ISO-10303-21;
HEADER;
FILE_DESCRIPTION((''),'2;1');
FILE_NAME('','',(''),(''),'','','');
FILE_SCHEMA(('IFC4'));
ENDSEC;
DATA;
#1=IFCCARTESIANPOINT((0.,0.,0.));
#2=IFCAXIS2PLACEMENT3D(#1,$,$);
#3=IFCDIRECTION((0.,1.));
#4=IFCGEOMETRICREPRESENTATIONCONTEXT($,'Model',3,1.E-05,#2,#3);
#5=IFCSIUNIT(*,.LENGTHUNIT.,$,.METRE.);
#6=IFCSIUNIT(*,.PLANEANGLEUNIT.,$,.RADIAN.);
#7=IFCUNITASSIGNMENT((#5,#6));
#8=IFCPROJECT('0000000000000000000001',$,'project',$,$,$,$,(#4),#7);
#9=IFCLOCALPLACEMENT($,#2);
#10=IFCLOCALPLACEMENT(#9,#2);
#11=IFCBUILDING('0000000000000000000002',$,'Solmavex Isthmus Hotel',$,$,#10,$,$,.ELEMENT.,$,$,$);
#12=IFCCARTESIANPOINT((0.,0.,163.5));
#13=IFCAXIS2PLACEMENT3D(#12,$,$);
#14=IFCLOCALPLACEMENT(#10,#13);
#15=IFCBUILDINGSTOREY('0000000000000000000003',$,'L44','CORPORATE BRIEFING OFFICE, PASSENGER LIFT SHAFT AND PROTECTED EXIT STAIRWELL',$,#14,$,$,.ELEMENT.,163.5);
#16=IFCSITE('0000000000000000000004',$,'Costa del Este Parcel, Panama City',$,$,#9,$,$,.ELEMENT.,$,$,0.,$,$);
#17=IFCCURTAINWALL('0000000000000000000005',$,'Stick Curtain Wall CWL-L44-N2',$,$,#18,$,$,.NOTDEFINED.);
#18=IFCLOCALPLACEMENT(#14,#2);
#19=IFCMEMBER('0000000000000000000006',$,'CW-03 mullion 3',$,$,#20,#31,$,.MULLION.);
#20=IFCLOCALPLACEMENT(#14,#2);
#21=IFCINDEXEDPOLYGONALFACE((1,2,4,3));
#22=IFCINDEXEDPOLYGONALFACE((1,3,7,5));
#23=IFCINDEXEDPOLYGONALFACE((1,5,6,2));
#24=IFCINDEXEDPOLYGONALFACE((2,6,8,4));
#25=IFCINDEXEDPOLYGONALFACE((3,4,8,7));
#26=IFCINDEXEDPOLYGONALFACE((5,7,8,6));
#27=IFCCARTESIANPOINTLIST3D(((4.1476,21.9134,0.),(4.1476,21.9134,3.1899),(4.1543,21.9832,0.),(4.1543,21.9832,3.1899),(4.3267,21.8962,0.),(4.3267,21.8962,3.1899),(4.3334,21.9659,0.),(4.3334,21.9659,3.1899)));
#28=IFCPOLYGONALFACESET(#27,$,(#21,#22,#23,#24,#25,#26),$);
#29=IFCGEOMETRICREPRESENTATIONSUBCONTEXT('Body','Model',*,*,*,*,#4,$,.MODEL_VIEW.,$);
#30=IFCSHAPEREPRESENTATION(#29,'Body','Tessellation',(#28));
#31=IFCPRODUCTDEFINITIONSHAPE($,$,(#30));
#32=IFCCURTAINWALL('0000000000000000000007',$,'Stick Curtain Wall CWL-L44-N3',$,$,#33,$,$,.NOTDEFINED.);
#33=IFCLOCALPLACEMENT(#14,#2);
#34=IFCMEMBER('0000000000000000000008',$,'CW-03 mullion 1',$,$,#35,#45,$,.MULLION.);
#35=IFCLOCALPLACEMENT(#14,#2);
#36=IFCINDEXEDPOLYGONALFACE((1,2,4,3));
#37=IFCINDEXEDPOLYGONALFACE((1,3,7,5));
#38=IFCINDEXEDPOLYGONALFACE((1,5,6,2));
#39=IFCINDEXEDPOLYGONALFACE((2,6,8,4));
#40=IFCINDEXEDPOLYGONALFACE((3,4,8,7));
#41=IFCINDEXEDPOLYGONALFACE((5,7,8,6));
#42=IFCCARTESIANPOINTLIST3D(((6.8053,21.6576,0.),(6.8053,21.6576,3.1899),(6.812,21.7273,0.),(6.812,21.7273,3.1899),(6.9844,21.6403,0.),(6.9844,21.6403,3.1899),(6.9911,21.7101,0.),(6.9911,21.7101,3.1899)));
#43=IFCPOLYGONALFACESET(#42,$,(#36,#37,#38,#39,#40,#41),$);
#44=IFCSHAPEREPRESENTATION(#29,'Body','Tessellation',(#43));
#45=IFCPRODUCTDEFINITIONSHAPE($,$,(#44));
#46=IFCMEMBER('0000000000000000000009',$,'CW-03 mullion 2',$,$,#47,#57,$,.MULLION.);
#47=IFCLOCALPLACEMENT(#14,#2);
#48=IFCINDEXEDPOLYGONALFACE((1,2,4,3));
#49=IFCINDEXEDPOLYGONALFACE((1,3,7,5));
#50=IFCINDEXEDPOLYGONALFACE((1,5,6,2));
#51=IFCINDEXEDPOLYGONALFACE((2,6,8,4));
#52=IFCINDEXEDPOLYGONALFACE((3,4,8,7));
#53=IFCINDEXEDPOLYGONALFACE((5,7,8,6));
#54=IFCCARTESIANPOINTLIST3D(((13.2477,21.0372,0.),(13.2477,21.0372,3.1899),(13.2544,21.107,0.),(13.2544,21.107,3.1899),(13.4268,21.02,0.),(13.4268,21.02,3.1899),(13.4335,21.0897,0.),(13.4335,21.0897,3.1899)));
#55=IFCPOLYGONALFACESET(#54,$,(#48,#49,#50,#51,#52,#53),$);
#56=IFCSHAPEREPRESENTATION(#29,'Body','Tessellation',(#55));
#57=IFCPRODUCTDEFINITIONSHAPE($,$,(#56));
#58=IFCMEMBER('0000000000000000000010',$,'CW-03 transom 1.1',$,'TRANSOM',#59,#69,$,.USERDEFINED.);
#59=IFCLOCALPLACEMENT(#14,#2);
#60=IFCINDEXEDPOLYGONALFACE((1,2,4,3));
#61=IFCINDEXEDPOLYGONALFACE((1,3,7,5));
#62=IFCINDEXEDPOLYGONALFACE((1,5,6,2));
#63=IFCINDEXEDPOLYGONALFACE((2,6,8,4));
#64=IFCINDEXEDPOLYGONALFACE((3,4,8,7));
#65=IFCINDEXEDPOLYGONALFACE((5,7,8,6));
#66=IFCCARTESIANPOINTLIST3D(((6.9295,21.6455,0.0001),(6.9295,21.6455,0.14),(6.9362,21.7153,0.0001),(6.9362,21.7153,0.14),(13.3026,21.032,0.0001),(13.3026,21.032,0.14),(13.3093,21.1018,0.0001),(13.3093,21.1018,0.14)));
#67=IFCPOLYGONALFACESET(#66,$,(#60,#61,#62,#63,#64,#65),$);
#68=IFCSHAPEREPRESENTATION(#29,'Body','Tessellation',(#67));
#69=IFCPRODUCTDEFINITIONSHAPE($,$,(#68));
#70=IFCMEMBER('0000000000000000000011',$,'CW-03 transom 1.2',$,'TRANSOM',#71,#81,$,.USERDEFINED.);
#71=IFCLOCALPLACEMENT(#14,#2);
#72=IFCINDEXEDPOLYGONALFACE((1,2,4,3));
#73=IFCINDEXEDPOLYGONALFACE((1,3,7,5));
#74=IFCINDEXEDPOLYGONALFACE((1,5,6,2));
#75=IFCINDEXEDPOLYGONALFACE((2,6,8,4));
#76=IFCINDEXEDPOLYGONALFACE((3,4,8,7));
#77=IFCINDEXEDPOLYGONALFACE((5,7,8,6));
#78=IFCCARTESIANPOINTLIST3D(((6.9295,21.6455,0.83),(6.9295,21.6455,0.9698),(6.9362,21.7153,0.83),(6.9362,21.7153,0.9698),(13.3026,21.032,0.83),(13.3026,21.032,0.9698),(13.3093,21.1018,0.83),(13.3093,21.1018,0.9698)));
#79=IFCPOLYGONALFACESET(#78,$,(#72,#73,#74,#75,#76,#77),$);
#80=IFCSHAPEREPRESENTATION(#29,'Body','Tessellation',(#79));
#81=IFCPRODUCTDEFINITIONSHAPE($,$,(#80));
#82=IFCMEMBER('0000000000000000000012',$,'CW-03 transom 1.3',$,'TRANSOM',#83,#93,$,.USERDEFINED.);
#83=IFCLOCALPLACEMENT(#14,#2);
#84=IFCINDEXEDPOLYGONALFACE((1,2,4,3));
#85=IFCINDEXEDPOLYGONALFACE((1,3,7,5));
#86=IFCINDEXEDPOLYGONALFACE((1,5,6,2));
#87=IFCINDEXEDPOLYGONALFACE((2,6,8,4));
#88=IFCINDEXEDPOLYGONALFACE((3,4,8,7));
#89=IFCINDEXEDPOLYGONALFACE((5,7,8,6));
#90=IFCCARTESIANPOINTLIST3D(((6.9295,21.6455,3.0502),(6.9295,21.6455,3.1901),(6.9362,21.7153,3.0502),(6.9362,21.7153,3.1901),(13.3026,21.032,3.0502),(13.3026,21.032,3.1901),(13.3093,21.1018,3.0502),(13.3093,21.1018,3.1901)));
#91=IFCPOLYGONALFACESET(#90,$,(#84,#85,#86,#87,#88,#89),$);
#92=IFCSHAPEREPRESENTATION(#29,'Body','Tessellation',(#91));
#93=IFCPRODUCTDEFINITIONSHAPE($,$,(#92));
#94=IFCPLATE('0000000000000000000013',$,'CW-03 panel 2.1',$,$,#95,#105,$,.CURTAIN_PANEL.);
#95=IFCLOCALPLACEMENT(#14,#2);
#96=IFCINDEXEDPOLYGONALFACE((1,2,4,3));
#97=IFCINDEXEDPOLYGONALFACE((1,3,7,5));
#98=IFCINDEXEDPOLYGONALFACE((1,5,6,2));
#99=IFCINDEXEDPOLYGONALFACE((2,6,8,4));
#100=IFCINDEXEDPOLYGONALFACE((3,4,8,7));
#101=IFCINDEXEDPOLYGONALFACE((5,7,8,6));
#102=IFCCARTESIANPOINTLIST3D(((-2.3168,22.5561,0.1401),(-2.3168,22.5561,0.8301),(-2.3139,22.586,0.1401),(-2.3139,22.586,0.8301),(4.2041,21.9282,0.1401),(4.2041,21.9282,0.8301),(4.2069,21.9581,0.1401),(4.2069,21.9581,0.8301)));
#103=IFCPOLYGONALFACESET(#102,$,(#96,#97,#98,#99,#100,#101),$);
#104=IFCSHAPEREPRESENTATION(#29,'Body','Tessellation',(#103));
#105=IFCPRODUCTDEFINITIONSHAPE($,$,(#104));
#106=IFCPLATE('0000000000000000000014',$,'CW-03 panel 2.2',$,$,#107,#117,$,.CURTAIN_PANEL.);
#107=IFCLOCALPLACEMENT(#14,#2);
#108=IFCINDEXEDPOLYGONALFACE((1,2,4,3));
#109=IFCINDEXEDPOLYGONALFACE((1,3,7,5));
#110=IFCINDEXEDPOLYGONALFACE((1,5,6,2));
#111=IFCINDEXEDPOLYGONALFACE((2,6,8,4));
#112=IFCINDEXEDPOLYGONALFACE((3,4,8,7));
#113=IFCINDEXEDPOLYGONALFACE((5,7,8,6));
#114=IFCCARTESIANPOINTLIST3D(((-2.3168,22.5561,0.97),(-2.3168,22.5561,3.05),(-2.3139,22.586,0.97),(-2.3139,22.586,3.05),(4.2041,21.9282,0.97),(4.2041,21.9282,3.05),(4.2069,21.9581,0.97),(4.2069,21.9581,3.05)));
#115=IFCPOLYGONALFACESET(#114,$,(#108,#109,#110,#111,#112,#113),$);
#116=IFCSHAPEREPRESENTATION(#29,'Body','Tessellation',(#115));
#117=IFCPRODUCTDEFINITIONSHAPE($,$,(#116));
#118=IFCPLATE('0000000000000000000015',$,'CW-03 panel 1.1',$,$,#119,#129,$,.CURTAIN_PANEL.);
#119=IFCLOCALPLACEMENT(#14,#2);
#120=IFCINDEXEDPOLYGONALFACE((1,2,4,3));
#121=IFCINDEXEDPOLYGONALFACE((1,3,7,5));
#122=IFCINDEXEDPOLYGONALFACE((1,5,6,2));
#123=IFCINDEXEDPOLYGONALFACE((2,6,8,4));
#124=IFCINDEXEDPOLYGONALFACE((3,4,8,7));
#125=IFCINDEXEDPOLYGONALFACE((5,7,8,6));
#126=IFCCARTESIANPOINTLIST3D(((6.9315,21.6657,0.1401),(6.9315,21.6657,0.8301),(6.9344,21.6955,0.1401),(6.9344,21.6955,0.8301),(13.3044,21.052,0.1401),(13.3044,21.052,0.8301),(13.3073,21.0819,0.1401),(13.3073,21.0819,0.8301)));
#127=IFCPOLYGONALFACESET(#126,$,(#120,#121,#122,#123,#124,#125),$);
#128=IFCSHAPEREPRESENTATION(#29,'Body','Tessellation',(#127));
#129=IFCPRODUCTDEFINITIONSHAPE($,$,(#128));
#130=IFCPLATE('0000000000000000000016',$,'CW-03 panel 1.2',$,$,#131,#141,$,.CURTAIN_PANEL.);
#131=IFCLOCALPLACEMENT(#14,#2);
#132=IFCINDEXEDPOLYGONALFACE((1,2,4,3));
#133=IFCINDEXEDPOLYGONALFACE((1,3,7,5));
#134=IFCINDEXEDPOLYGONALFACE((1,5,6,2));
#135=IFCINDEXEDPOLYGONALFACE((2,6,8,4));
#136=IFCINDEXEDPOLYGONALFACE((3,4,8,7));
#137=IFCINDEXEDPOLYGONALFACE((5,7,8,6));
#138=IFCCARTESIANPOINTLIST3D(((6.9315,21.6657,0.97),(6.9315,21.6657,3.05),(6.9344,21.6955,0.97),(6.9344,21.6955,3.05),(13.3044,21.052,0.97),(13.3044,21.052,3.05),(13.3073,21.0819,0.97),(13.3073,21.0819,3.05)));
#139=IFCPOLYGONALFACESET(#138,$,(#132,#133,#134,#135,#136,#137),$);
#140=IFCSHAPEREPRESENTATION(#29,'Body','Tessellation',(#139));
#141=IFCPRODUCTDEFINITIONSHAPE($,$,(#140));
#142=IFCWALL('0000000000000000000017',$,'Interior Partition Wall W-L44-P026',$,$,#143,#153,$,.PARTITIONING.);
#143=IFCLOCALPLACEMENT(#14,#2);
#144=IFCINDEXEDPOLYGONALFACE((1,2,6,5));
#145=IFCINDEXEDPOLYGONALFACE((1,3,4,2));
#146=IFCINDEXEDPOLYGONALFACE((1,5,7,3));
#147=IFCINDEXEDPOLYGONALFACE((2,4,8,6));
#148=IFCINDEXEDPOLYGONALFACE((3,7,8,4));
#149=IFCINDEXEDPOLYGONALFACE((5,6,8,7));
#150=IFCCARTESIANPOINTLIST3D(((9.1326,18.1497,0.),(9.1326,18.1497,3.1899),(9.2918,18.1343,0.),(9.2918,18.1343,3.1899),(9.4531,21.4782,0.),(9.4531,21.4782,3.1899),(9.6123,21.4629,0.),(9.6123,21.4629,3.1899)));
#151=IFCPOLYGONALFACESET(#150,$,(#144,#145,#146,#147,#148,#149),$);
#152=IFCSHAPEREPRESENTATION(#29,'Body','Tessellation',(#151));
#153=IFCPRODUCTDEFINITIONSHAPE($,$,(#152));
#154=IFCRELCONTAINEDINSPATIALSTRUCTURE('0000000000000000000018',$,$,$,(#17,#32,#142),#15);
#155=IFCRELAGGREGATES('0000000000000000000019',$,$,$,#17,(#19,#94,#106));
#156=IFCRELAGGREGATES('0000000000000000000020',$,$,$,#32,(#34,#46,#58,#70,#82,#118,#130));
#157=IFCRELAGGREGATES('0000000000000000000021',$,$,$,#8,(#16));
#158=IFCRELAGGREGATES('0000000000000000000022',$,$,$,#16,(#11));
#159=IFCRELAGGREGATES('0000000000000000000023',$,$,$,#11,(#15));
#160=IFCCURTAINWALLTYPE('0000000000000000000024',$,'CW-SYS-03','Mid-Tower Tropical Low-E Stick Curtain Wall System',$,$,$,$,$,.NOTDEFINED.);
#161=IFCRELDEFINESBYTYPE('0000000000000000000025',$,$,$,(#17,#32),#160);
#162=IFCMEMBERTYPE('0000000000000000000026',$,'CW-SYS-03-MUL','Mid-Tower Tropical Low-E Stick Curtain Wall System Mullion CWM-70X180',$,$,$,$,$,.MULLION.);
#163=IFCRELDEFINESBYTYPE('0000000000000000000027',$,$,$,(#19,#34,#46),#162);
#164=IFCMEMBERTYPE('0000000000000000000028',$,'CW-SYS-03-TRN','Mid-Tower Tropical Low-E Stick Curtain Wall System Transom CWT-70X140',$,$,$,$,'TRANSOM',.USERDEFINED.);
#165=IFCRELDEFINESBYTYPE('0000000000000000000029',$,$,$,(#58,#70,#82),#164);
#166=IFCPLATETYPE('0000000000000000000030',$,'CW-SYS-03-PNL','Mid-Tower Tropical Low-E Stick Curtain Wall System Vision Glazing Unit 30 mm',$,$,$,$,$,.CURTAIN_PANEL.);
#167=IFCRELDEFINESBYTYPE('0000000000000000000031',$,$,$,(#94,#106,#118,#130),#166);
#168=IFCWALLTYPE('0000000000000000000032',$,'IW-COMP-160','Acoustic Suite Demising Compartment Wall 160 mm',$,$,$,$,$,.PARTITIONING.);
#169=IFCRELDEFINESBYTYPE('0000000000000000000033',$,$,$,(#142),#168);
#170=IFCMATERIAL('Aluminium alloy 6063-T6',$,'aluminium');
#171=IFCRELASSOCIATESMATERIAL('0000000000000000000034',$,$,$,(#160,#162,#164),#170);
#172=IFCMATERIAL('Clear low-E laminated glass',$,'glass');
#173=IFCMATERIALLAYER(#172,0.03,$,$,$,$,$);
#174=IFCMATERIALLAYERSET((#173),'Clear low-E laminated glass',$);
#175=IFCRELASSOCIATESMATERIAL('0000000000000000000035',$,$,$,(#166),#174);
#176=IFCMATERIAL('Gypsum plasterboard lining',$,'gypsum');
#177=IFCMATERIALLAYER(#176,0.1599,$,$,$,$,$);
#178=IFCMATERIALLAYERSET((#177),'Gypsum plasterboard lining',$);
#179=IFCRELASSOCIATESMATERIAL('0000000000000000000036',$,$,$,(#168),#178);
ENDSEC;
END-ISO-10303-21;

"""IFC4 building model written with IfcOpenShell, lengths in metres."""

from ifc_helpers import new_model, si_unit, direction, frame, frame_2d, origin, origin_2d, place, context, subcontext, project, spatial, rectangle, extrude, material, layer, layer_set, material_profile, profile_set, type_object, element, aggregate, save


model = new_model("IFC4")

# Units and contexts
model_context = context("Model", 3, precision=1e-05, world=origin(), true_north=direction((0.0, 1.0)))
body_context = subcontext(model_context, "Body", "Model", "MODEL_VIEW")
ifc_project = project(units=[si_unit("LENGTHUNIT", "METRE"), si_unit("PLANEANGLEUNIT", "RADIAN")], contexts=[model_context])

# Site, building, storey
site_placement = place(None, origin())
site = spatial("IfcSite", under=ifc_project, at=site_placement, Name="Costa del Este Parcel, Panama City", CompositionType="ELEMENT", RefElevation=0.0)
building_placement = place(site_placement, origin())
building = spatial("IfcBuilding", under=site, at=building_placement, Name="Solmavex Isthmus Hotel", CompositionType="ELEMENT")
storey_placement = place(building_placement, frame((0.0, 0.0, 163.5)))
storey = spatial("IfcBuildingStorey", under=building, at=storey_placement, Name="L44", Description="CORPORATE BRIEFING OFFICE, PASSENGER LIFT SHAFT AND PROTECTED EXIT STAIRWELL", CompositionType="ELEMENT", Elevation=163.5)

# Curtain wall, member
ifc_material_1 = material(Name="Aluminium alloy 6063-T6", Category="aluminium")
curtain_wall_type = type_object("IfcCurtainWallType", Name="CW-SYS-03", Description="Mid-Tower Tropical Low-E Stick Curtain Wall System", PredefinedType="NOTDEFINED", material=ifc_material_1)
curtain_wall_1_placement = place(storey_placement, origin())
curtain_wall_1 = element("IfcCurtainWall", 1, at=curtain_wall_1_placement, inside=storey, type_object=curtain_wall_type, Name="Stick Curtain Wall CWL-L44-N2", PredefinedType="NOTDEFINED")
ifc_material_profile_1 = material_profile(ifc_material_1, rectangle(XDim=0.0701, YDim=0.1799, at=origin_2d()), Name="CWM-70X180")
ifc_profile_set_1 = profile_set([ifc_material_profile_1], Name="Aluminium alloy 6063-T6")
member_type_1 = type_object("IfcMemberType", Name="CW-SYS-03-MUL", Description="Mid-Tower Tropical Low-E Stick Curtain Wall System Mullion CWM-70X180", PredefinedType="MULLION", material=ifc_profile_set_1)
member_1_placement = place(storey_placement, frame((4.2405, 21.9397, 0.0), z_axis=(0.0, 0.0, 1.0), x_axis=(0.095845, 0.995396, 0.0)))
member_1 = element("IfcMember", 2, at=member_1_placement, type_object=member_type_1, Name="CW-03 mullion 3", PredefinedType="MULLION", context=body_context, shape_type="SweptSolid", body=[
    extrude(rectangle(XDim=0.0701, YDim=0.1799, at=origin_2d()), origin(), (0.0, 0.0, 1.0), 3.1899),
])

# Curtain wall, members
curtain_wall_2_placement = place(storey_placement, origin())
curtain_wall_2 = element("IfcCurtainWall", 3, at=curtain_wall_2_placement, inside=storey, type_object=curtain_wall_type, Name="Stick Curtain Wall CWL-L44-N3", PredefinedType="NOTDEFINED")
member_2_placement = place(storey_placement, frame((6.8982, 21.6838, 0.0), z_axis=(0.0, 0.0, 1.0), x_axis=(0.095846, 0.995396, 0.0)))
member_2 = element("IfcMember", 4, at=member_2_placement, type_object=member_type_1, Name="CW-03 mullion 1", PredefinedType="MULLION", context=body_context, shape_type="SweptSolid", body=[
    extrude(rectangle(XDim=0.0701, YDim=0.1799, at=origin_2d()), origin(), (0.0, 0.0, 1.0), 3.1899),
])
member_3_placement = place(storey_placement, frame((13.3406, 21.0635, 0.0), z_axis=(0.0, 0.0, 1.0), x_axis=(0.095846, 0.995396, 0.0)))
member_3 = element("IfcMember", 5, at=member_3_placement, type_object=member_type_1, Name="CW-03 mullion 2", PredefinedType="MULLION", context=body_context, shape_type="SweptSolid", body=[
    extrude(rectangle(XDim=0.0701, YDim=0.1799, at=origin_2d()), origin(), (0.0, 0.0, 1.0), 3.1899),
])
ifc_material_profile_2 = material_profile(ifc_material_1, rectangle(XDim=0.0701, YDim=0.1399, at=origin_2d()), Name="CWT-70X140")
ifc_profile_set_2 = profile_set([ifc_material_profile_2], Name="Aluminium alloy 6063-T6")
member_type_2 = type_object("IfcMemberType", Name="CW-SYS-03-TRN", Description="Mid-Tower Tropical Low-E Stick Curtain Wall System Transom CWT-70X140", ElementType="TRANSOM", PredefinedType="USERDEFINED", material=ifc_profile_set_2)
member_4_placement = place(storey_placement, frame((6.9329, 21.6804, 0.0701), z_axis=(0.995398, -0.095826, 0.0), x_axis=(0.095826, 0.995398, 0.0)))
member_4 = element("IfcMember", 6, at=member_4_placement, type_object=member_type_2, Name="CW-03 transom 1.1", ObjectType="TRANSOM", PredefinedType="USERDEFINED", context=body_context, shape_type="SweptSolid", body=[
    extrude(rectangle(XDim=0.0701, YDim=0.1399, at=origin_2d()), origin(), (0.0, 0.0, 1.0), 6.4026),
])
member_5_placement = place(storey_placement, frame((6.9329, 21.6804, 0.8999), z_axis=(0.995398, -0.095826, 0.0), x_axis=(0.095826, 0.995398, 0.0)))
member_5 = element("IfcMember", 7, at=member_5_placement, type_object=member_type_2, Name="CW-03 transom 1.2", ObjectType="TRANSOM", PredefinedType="USERDEFINED", context=body_context, shape_type="SweptSolid", body=[
    extrude(rectangle(XDim=0.0701, YDim=0.1399, at=origin_2d()), origin(), (0.0, 0.0, 1.0), 6.4026),
])
member_6_placement = place(storey_placement, frame((6.9329, 21.6804, 3.1201), z_axis=(0.995398, -0.095826, 0.0), x_axis=(0.095826, 0.995398, 0.0)))
member_6 = element("IfcMember", 8, at=member_6_placement, type_object=member_type_2, Name="CW-03 transom 1.3", ObjectType="TRANSOM", PredefinedType="USERDEFINED", context=body_context, shape_type="SweptSolid", body=[
    extrude(rectangle(XDim=0.0701, YDim=0.1399, at=origin_2d()), origin(), (0.0, 0.0, 1.0), 6.4026),
])

# Plates
ifc_material_2 = material(Name="Clear low-E laminated glass", Category="glass")
ifc_layer_1 = layer(ifc_material_2, 0.03)
ifc_layer_set_1 = layer_set([ifc_layer_1], Name="Clear low-E laminated glass")
plate_type = type_object("IfcPlateType", Name="CW-SYS-03-PNL", Description="Mid-Tower Tropical Low-E Stick Curtain Wall System Vision Glazing Unit 30 mm", PredefinedType="CURTAIN_PANEL", material=ifc_layer_set_1)
plate_1_placement = place(storey_placement, frame((0.9451, 22.2571, 0.1401), z_axis=(0.0, 0.0, 1.0), x_axis=(0.995396, -0.095845, 0.0)))
plate_1 = element("IfcPlate", 9, at=plate_1_placement, type_object=plate_type, Name="CW-03 panel 2.1", PredefinedType="CURTAIN_PANEL", context=body_context, shape_type="SweptSolid", body=[
    extrude(rectangle(XDim=6.551, YDim=0.03, at=origin_2d()), origin(), (0.0, 0.0, 1.0), 0.6899),
])
plate_2_placement = place(storey_placement, frame((0.9451, 22.2571, 0.97), z_axis=(0.0, 0.0, 1.0), x_axis=(0.995396, -0.095845, 0.0)))
plate_2 = element("IfcPlate", 10, at=plate_2_placement, type_object=plate_type, Name="CW-03 panel 2.2", PredefinedType="CURTAIN_PANEL", context=body_context, shape_type="SweptSolid", body=[
    extrude(rectangle(XDim=6.551, YDim=0.03, at=origin_2d()), origin(), (0.0, 0.0, 1.0), 2.0801),
])
aggregate(curtain_wall_1, [member_1, plate_1, plate_2])
plate_3_placement = place(storey_placement, frame((10.1194, 21.3738, 0.1401), z_axis=(0.0, 0.0, 1.0), x_axis=(0.995396, -0.095846, 0.0)))
plate_3 = element("IfcPlate", 11, at=plate_3_placement, type_object=plate_type, Name="CW-03 panel 1.1", PredefinedType="CURTAIN_PANEL", context=body_context, shape_type="SweptSolid", body=[
    extrude(rectangle(XDim=6.4023, YDim=0.03, at=origin_2d()), origin(), (0.0, 0.0, 1.0), 0.6899),
])
plate_4_placement = place(storey_placement, frame((10.1194, 21.3738, 0.97), z_axis=(0.0, 0.0, 1.0), x_axis=(0.995396, -0.095846, 0.0)))
plate_4 = element("IfcPlate", 12, at=plate_4_placement, type_object=plate_type, Name="CW-03 panel 1.2", PredefinedType="CURTAIN_PANEL", context=body_context, shape_type="SweptSolid", body=[
    extrude(rectangle(XDim=6.4023, YDim=0.03, at=origin_2d()), origin(), (0.0, 0.0, 1.0), 2.0801),
])
aggregate(curtain_wall_2, [member_2, member_3, member_4, member_5, member_6, plate_3, plate_4])

# Wall
ifc_material_3 = material(Name="Gypsum plasterboard lining", Category="gypsum")
ifc_layer_2 = layer(ifc_material_3, 0.1599)
ifc_layer_set_2 = layer_set([ifc_layer_2], Name="Gypsum plasterboard lining")
wall_type_1 = type_object("IfcWallType", Name="IW-COMP-160", Description="Acoustic Suite Demising Compartment Wall 160 mm", PredefinedType="PARTITIONING", material=ifc_layer_set_2)
wall_1_placement = place(storey_placement, frame((9.5327, 21.4705, 0.0), z_axis=(0.0, 0.0, 1.0), x_axis=(-0.09586, -0.995395, 0.0)))
element("IfcWall", 13, at=wall_1_placement, inside=storey, type_object=wall_type_1, Name="Interior Partition Wall W-L44-P026", PredefinedType="PARTITIONING", context=body_context, shape_type="SweptSolid", body=[
    extrude(rectangle(XDim=3.344, YDim=0.1599, at=frame_2d((1.6719, 0.0))), origin(), (0.0, 0.0, 1.0), 3.1899),
])

save(model, "model.ifc")
